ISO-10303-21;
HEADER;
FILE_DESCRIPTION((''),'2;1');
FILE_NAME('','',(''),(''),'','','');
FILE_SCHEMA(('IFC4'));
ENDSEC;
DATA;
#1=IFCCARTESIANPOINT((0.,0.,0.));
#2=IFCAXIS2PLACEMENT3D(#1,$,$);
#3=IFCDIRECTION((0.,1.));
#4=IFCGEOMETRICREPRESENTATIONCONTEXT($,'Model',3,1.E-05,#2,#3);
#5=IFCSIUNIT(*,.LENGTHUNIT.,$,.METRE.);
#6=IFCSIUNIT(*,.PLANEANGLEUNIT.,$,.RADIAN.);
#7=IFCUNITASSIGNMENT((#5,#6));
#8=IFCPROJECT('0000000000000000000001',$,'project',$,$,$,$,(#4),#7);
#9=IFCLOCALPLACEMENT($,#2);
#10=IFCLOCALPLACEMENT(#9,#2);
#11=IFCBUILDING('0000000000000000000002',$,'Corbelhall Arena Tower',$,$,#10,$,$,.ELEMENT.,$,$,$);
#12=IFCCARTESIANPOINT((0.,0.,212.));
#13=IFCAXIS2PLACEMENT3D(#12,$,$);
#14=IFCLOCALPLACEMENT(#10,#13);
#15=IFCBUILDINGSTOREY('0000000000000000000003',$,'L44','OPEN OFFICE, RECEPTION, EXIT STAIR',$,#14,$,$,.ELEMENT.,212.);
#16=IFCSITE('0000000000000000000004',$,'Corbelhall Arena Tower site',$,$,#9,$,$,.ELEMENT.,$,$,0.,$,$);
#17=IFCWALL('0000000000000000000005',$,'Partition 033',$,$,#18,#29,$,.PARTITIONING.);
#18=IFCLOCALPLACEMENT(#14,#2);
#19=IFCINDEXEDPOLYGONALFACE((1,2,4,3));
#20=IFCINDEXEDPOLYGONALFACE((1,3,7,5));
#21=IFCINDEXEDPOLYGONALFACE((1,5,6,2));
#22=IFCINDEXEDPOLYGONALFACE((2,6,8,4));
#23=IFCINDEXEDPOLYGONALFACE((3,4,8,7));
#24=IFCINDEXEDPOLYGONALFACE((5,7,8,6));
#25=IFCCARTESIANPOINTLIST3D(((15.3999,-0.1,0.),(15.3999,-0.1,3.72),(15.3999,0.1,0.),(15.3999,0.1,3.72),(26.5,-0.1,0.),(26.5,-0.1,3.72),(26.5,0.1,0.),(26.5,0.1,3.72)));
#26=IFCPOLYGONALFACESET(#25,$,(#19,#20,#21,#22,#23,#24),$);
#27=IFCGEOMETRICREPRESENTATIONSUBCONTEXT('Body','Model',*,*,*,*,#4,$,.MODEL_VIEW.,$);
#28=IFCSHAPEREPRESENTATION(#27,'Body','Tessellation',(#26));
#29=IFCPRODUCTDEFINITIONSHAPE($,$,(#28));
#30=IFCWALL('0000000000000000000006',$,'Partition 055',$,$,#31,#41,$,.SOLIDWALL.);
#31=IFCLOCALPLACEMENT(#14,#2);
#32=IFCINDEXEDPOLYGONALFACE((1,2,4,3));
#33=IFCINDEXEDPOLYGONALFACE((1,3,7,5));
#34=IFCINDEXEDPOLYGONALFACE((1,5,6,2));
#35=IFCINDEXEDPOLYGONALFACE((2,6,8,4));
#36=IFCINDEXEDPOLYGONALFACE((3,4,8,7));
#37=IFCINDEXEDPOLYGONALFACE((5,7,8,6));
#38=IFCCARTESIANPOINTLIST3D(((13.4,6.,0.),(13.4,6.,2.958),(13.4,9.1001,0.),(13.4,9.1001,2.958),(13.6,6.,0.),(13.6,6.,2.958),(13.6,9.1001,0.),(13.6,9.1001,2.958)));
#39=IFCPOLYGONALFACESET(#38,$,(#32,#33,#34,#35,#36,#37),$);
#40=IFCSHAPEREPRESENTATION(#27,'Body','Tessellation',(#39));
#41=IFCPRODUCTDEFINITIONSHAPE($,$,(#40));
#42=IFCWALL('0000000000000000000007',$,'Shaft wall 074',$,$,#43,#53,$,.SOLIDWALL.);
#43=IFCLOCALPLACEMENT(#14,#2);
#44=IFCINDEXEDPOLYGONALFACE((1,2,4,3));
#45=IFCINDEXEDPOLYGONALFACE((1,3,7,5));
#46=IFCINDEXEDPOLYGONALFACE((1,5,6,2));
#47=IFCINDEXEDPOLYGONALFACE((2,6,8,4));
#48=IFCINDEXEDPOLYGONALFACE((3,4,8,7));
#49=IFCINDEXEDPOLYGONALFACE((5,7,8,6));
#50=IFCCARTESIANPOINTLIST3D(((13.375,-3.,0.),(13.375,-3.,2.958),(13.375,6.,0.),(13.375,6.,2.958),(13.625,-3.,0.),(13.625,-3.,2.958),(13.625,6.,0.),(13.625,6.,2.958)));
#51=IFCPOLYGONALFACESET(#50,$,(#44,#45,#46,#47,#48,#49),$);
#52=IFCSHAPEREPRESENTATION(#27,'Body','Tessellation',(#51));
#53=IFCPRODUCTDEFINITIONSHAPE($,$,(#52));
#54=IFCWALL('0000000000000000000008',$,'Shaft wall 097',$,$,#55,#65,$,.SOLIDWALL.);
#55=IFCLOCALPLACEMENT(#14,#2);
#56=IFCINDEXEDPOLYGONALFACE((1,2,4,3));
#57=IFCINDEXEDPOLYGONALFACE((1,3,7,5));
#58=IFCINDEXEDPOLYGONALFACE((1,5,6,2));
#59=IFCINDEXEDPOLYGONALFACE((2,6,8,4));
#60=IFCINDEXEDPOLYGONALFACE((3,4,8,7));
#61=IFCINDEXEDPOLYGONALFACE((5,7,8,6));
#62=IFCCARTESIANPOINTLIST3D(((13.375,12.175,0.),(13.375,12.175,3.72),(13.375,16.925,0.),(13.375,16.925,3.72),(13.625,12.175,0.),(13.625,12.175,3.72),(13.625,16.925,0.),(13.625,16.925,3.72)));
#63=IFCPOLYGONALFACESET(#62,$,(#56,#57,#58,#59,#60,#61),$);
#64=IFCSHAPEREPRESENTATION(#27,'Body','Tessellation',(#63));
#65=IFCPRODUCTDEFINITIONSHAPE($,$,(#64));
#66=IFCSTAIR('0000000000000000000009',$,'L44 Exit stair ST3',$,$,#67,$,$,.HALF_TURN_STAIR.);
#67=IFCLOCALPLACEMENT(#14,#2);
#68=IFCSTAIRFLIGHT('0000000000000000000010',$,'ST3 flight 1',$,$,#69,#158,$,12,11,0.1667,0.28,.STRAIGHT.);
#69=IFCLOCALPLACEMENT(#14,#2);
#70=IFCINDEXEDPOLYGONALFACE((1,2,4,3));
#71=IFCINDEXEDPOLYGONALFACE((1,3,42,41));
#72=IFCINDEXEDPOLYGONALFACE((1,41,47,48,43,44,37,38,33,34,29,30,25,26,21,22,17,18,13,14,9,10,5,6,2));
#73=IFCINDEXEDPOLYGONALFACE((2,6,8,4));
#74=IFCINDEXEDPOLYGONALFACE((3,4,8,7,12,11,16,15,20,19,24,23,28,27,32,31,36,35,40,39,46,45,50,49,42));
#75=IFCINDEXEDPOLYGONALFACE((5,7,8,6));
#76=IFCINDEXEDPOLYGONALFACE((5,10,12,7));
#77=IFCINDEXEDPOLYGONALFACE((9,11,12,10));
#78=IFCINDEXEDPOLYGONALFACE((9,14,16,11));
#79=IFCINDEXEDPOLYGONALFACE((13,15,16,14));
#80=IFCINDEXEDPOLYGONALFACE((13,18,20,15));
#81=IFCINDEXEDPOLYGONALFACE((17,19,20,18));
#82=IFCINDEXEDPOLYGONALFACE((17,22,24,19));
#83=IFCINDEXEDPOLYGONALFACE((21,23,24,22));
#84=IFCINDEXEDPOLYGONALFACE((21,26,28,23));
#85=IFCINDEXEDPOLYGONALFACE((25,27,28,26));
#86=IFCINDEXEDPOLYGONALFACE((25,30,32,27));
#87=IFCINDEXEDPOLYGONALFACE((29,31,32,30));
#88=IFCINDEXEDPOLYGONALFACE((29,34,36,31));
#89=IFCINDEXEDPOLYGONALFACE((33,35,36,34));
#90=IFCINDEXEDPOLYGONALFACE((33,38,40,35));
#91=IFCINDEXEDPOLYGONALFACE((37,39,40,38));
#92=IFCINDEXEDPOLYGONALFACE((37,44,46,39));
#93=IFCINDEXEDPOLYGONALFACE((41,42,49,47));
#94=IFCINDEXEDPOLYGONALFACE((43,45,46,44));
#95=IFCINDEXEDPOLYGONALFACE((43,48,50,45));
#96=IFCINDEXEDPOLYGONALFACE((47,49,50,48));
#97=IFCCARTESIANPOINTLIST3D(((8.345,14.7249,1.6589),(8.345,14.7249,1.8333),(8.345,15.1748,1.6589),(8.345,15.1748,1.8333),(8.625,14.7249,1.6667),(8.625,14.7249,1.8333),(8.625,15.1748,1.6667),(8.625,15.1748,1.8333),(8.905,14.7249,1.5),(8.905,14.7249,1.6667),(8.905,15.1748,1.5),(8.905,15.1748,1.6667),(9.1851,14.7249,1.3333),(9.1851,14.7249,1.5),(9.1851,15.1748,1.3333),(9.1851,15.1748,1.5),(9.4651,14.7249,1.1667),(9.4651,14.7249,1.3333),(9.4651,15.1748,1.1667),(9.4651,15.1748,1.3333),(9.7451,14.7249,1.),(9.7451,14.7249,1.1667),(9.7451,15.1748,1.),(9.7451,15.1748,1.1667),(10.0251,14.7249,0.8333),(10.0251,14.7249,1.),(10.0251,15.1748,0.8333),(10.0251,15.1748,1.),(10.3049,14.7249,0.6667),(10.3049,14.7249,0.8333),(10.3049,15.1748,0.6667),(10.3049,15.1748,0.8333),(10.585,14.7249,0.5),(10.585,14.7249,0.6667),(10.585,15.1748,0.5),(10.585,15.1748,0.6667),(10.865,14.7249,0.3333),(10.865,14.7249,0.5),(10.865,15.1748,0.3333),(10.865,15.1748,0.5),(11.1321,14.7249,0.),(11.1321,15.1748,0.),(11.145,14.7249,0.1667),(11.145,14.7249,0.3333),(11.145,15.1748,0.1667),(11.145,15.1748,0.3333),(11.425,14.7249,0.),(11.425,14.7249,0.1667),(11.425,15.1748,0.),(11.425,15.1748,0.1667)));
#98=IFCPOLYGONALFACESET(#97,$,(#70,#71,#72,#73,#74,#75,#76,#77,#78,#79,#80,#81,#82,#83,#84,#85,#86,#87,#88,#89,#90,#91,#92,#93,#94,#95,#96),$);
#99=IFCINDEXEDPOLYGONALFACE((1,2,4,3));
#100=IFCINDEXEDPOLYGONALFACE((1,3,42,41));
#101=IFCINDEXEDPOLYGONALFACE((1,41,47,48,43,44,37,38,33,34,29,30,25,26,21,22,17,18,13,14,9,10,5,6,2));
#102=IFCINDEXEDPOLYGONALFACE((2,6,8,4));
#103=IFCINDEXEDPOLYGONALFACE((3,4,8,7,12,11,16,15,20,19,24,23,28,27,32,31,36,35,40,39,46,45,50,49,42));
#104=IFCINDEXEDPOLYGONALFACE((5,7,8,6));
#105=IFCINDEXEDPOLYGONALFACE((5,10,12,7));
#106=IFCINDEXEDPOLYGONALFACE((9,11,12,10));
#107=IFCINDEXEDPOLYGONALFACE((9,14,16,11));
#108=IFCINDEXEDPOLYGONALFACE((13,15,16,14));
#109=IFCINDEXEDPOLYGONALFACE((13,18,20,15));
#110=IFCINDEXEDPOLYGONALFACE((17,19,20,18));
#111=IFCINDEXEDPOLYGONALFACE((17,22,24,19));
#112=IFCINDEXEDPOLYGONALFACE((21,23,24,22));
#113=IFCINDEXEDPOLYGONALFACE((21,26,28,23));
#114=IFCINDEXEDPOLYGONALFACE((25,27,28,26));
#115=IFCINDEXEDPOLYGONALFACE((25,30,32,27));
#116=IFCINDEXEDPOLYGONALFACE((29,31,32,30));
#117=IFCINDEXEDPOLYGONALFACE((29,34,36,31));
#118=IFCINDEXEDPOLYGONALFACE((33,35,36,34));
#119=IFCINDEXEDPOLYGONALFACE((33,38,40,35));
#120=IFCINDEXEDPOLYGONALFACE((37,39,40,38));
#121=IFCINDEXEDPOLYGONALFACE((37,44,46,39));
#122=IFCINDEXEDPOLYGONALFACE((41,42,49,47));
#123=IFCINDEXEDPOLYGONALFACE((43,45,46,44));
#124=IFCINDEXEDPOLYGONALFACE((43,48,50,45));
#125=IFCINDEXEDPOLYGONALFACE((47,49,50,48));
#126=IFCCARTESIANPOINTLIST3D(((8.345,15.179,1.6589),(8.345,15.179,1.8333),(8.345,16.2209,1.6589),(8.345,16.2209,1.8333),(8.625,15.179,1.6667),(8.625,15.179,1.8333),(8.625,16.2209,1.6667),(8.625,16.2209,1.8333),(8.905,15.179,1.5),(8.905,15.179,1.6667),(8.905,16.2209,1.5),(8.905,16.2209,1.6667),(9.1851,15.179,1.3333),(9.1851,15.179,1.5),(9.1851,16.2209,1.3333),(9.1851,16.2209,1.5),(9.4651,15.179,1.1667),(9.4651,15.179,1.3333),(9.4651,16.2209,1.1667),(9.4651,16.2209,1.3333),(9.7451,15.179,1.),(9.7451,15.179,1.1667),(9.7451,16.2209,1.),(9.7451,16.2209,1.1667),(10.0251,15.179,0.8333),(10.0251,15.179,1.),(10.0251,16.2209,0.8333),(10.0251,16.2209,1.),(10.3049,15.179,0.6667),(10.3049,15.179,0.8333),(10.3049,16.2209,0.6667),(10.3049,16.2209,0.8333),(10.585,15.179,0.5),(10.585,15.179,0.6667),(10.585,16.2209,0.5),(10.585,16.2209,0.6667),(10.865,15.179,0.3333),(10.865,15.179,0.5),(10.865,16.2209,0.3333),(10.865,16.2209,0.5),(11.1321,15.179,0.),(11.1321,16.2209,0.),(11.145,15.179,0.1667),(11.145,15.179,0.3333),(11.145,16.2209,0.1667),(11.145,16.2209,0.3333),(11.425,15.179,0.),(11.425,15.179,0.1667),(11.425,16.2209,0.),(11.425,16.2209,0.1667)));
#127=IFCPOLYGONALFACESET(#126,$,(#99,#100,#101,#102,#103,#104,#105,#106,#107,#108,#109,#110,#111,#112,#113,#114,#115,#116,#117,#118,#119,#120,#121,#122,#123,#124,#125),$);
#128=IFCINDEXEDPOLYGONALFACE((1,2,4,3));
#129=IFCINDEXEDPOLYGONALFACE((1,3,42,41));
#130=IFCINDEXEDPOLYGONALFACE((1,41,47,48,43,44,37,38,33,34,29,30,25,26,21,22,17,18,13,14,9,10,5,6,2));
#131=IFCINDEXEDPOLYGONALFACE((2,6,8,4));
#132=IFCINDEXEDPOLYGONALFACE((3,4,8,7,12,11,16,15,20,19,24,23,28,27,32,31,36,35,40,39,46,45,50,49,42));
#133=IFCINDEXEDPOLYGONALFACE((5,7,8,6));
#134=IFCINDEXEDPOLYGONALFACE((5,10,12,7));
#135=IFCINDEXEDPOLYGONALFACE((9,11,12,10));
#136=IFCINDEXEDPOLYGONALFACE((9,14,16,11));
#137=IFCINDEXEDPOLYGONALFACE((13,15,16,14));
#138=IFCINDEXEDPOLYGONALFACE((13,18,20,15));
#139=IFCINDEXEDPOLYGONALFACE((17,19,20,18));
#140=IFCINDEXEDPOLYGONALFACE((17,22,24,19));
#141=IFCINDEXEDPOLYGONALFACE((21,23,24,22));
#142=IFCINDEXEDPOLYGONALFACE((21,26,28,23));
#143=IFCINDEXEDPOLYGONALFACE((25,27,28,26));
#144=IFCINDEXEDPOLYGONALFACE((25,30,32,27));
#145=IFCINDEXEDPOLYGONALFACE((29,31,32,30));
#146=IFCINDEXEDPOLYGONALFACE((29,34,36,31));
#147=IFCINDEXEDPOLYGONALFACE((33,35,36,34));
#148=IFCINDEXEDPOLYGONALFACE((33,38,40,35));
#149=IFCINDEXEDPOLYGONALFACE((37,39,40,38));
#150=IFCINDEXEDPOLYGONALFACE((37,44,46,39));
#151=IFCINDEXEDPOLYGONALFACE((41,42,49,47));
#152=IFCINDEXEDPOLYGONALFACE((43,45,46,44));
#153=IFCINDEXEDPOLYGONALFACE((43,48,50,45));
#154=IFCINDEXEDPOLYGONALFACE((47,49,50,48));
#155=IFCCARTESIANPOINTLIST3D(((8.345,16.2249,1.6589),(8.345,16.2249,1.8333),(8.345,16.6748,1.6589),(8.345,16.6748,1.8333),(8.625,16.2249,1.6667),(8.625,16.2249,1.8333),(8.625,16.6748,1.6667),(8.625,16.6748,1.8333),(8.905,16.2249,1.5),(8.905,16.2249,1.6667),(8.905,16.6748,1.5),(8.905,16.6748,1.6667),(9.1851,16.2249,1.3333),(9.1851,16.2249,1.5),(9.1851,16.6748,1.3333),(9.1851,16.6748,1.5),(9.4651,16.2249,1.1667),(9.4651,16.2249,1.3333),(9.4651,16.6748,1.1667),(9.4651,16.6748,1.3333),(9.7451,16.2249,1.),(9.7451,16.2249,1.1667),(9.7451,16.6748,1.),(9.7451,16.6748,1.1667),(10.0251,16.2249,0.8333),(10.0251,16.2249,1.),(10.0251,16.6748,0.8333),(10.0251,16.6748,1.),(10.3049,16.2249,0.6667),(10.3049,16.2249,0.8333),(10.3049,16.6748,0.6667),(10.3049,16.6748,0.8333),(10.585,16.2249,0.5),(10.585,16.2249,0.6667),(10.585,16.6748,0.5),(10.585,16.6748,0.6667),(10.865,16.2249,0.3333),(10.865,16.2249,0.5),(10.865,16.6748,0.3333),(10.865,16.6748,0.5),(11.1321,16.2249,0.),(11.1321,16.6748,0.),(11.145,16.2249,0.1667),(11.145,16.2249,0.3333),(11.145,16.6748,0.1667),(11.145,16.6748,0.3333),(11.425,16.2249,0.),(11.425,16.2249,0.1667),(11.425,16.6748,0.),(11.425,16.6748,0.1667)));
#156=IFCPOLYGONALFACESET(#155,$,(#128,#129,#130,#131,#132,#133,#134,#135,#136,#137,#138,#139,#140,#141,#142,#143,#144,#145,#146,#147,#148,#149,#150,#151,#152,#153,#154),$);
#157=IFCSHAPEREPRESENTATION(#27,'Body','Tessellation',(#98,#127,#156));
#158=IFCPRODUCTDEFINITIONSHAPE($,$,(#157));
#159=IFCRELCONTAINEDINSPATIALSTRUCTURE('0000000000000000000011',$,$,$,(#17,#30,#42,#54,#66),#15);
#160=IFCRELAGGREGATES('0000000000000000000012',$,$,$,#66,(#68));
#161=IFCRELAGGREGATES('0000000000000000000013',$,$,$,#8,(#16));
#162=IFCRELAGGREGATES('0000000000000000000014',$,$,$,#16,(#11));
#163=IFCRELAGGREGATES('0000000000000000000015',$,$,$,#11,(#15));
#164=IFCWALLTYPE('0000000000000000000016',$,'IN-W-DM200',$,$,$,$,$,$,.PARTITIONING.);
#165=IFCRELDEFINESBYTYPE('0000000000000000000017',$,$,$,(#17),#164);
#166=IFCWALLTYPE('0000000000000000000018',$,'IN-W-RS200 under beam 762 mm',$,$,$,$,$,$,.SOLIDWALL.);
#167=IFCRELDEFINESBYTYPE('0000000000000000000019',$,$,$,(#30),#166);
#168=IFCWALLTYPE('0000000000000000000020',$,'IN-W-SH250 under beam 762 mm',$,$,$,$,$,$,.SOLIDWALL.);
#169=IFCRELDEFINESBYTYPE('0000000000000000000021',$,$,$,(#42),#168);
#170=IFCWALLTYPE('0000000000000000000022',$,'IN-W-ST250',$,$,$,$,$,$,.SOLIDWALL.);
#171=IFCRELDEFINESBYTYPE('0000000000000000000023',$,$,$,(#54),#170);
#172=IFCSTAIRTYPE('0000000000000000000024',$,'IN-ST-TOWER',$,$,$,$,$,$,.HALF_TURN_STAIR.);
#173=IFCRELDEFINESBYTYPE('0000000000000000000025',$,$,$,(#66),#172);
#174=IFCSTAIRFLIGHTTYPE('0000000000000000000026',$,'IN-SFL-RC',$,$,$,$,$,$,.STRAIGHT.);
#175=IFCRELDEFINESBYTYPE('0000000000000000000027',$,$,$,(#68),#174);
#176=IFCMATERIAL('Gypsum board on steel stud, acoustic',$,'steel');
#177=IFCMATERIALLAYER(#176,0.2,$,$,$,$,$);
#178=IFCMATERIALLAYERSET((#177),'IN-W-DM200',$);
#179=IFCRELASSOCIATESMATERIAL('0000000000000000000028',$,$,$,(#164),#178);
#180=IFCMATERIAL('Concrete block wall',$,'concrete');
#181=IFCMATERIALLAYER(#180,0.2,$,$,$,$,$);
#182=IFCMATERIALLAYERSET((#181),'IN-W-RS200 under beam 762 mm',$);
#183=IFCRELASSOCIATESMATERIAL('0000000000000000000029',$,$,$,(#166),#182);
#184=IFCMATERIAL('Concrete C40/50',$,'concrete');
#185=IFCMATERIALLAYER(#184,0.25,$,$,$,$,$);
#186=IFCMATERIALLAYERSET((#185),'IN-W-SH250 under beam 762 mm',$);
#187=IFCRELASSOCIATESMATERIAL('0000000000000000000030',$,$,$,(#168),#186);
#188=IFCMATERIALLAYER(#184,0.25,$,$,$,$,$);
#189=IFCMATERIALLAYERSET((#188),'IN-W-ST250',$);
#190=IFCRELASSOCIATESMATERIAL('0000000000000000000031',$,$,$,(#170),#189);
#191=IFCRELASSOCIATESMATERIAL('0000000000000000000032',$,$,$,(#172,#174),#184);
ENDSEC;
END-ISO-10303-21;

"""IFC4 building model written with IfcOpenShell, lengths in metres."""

from ifc_helpers import new_model, si_unit, direction, frame, frame_2d, origin, place, context, subcontext, project, spatial, polyline, rectangle, outline, extrude, material, layer, layer_set, type_object, element, aggregate, save


model = new_model("IFC4")

# Units and contexts
model_context = context("Model", 3, precision=1e-05, world=origin(), true_north=direction((0.0, 1.0)))
body_context = subcontext(model_context, "Body", "Model", "MODEL_VIEW")
ifc_project = project(units=[si_unit("LENGTHUNIT", "METRE"), si_unit("PLANEANGLEUNIT", "RADIAN")], contexts=[model_context])

# Site, building, storey
site_placement = place(None, origin())
site = spatial("IfcSite", under=ifc_project, at=site_placement, Name="Corbelhall Arena Tower site", CompositionType="ELEMENT", RefElevation=0.0)
building_placement = place(site_placement, origin())
building = spatial("IfcBuilding", under=site, at=building_placement, Name="Corbelhall Arena Tower", CompositionType="ELEMENT")
storey_placement = place(building_placement, frame((0.0, 0.0, 212.0)))
storey = spatial("IfcBuildingStorey", under=building, at=storey_placement, Name="L44", Description="OPEN OFFICE, RECEPTION, EXIT STAIR", CompositionType="ELEMENT", Elevation=212.0)

# Shared definitions
ifc_material_1 = material(Name="Gypsum board on steel stud, acoustic", Category="steel")
ifc_layer_1 = layer(ifc_material_1, 0.2)
ifc_layer_set_1 = layer_set([ifc_layer_1], Name="IN-W-DM200")
wall_type_1 = type_object("IfcWallType", Name="IN-W-DM200", PredefinedType="PARTITIONING", material=ifc_layer_set_1)

# Wall
wall_1_placement = place(storey_placement, frame((26.5, 0.0, 0.0), z_axis=(0.0, 0.0, 1.0), x_axis=(-1.0, 0.0, 0.0)))
element("IfcWall", 1, at=wall_1_placement, inside=storey, type_object=wall_type_1, Name="Partition 033", PredefinedType="PARTITIONING", context=body_context, shape_type="SweptSolid", body=[
    extrude(rectangle(XDim=11.1001, YDim=0.2, at=frame_2d((5.55, 0.0))), origin(), (0.0, 0.0, 1.0), 3.72),
])

# Shared definitions
ifc_material_2 = material(Name="Concrete block wall", Category="concrete")

# Walls
ifc_layer_2 = layer(ifc_material_2, 0.2)
ifc_layer_set_2 = layer_set([ifc_layer_2], Name="IN-W-RS200 under beam 762 mm")
wall_type_2 = type_object("IfcWallType", Name="IN-W-RS200 under beam 762 mm", PredefinedType="SOLIDWALL", material=ifc_layer_set_2)
wall_2_placement = place(storey_placement, frame((13.5, 9.1001, 0.0), z_axis=(0.0, 0.0, 1.0), x_axis=(0.0, -1.0, 0.0)))
element("IfcWall", 2, at=wall_2_placement, inside=storey, type_object=wall_type_2, Name="Partition 055", PredefinedType="SOLIDWALL", context=body_context, shape_type="SweptSolid", body=[
    extrude(rectangle(XDim=3.1001, YDim=0.2, at=frame_2d((1.55, 0.0))), origin(), (0.0, 0.0, 1.0), 2.958),
])
ifc_material_3 = material(Name="Concrete C40/50", Category="concrete")
ifc_layer_3 = layer(ifc_material_3, 0.25)
ifc_layer_set_3 = layer_set([ifc_layer_3], Name="IN-W-SH250 under beam 762 mm")
wall_type_3 = type_object("IfcWallType", Name="IN-W-SH250 under beam 762 mm", PredefinedType="SOLIDWALL", material=ifc_layer_set_3)
wall_3_placement = place(storey_placement, frame((13.5, 6.0, 0.0), z_axis=(0.0, 0.0, 1.0), x_axis=(0.0, -1.0, 0.0)))
element("IfcWall", 3, at=wall_3_placement, inside=storey, type_object=wall_type_3, Name="Shaft wall 074", PredefinedType="SOLIDWALL", context=body_context, shape_type="SweptSolid", body=[
    extrude(rectangle(XDim=9.0, YDim=0.25, at=frame_2d((4.5, 0.0))), origin(), (0.0, 0.0, 1.0), 2.958),
])
ifc_layer_4 = layer(ifc_material_3, 0.25)
ifc_layer_set_4 = layer_set([ifc_layer_4], Name="IN-W-ST250")
wall_type_4 = type_object("IfcWallType", Name="IN-W-ST250", PredefinedType="SOLIDWALL", material=ifc_layer_set_4)
wall_4_placement = place(storey_placement, frame((13.5, 12.175, 0.0), z_axis=(0.0, 0.0, 1.0), x_axis=(0.0, 1.0, 0.0)))
element("IfcWall", 4, at=wall_4_placement, inside=storey, type_object=wall_type_4, Name="Shaft wall 097", PredefinedType="SOLIDWALL", context=body_context, shape_type="SweptSolid", body=[
    extrude(rectangle(XDim=4.75, YDim=0.25, at=frame_2d((2.375, 0.0))), origin(), (0.0, 0.0, 1.0), 3.72),
])

# Stair, stair flight
stair_type = type_object("IfcStairType", Name="IN-ST-TOWER", PredefinedType="HALF_TURN_STAIR", material=ifc_material_3)
stair_placement = place(storey_placement, origin())
stair = element("IfcStair", 5, at=stair_placement, inside=storey, type_object=stair_type, Name="L44 Exit stair ST3", PredefinedType="HALF_TURN_STAIR")
stair_flight_type = type_object("IfcStairFlightType", Name="IN-SFL-RC", PredefinedType="STRAIGHT", material=ifc_material_3)
stair_flight_placement = place(storey_placement, frame((11.425, 15.7, 0.0), z_axis=(0.0, 0.0, 1.0), x_axis=(-1.0, 0.0, 0.0)))
stair_flight = element("IfcStairFlight", 6, at=stair_flight_placement, type_object=stair_flight_type, Name="ST3 flight 1", NumberOfRisers=12, NumberOfTreads=11, PredefinedType="STRAIGHT", RiserHeight=0.1667, TreadLength=0.28, context=body_context, shape_type="SweptSolid", body=[
    extrude(outline(polyline([(0.0, 0.0), (0.0, 0.1667), (0.28, 0.1667), (0.28, 0.3333), (0.5601, 0.3333), (0.5601, 0.5), (0.8401, 0.5), (0.8401, 0.6667), (1.1201, 0.6667), (1.1201, 0.8333), (1.3999, 0.8333), (1.3999, 1.0), (1.6799, 1.0), (1.6799, 1.1667), (1.96, 1.1667), (1.96, 1.3333), (2.24, 1.3333), (2.24, 1.5), (2.52, 1.5), (2.52, 1.6667), (2.8, 1.6667), (2.8, 1.8333), (3.0801, 1.8333), (3.0801, 2.0), (3.0801, 1.6589), (0.293, 0.0), (0.0, 0.0)])), frame((0.0, 0.9751, 0.0), z_axis=(0.0, -1.0, 0.0), x_axis=(1.0, 0.0, 0.0)), (0.0, 0.0, 1.0), 0.45),
    extrude(outline(polyline([(0.0, 0.0), (0.0, 0.1667), (0.28, 0.1667), (0.28, 0.3333), (0.5601, 0.3333), (0.5601, 0.5), (0.8401, 0.5), (0.8401, 0.6667), (1.1201, 0.6667), (1.1201, 0.8333), (1.3999, 0.8333), (1.3999, 1.0), (1.6799, 1.0), (1.6799, 1.1667), (1.96, 1.1667), (1.96, 1.3333), (2.24, 1.3333), (2.24, 1.5), (2.52, 1.5), (2.52, 1.6667), (2.8, 1.6667), (2.8, 1.8333), (3.0801, 1.8333), (3.0801, 2.0), (3.0801, 1.6589), (0.293, 0.0), (0.0, 0.0)])), frame((0.0, 0.521, 0.0), z_axis=(0.0, -1.0, 0.0), x_axis=(1.0, 0.0, 0.0)), (0.0, 0.0, 1.0), 1.042),
    extrude(outline(polyline([(0.0, 0.0), (0.0, 0.1667), (0.28, 0.1667), (0.28, 0.3333), (0.5601, 0.3333), (0.5601, 0.5), (0.8401, 0.5), (0.8401, 0.6667), (1.1201, 0.6667), (1.1201, 0.8333), (1.3999, 0.8333), (1.3999, 1.0), (1.6799, 1.0), (1.6799, 1.1667), (1.96, 1.1667), (1.96, 1.3333), (2.24, 1.3333), (2.24, 1.5), (2.52, 1.5), (2.52, 1.6667), (2.8, 1.6667), (2.8, 1.8333), (3.0801, 1.8333), (3.0801, 2.0), (3.0801, 1.6589), (0.293, 0.0), (0.0, 0.0)])), frame((0.0, -0.5249, 0.0), z_axis=(0.0, -1.0, 0.0), x_axis=(1.0, 0.0, 0.0)), (0.0, 0.0, 1.0), 0.45),
])
aggregate(stair, [stair_flight])

save(model, "model.ifc")
